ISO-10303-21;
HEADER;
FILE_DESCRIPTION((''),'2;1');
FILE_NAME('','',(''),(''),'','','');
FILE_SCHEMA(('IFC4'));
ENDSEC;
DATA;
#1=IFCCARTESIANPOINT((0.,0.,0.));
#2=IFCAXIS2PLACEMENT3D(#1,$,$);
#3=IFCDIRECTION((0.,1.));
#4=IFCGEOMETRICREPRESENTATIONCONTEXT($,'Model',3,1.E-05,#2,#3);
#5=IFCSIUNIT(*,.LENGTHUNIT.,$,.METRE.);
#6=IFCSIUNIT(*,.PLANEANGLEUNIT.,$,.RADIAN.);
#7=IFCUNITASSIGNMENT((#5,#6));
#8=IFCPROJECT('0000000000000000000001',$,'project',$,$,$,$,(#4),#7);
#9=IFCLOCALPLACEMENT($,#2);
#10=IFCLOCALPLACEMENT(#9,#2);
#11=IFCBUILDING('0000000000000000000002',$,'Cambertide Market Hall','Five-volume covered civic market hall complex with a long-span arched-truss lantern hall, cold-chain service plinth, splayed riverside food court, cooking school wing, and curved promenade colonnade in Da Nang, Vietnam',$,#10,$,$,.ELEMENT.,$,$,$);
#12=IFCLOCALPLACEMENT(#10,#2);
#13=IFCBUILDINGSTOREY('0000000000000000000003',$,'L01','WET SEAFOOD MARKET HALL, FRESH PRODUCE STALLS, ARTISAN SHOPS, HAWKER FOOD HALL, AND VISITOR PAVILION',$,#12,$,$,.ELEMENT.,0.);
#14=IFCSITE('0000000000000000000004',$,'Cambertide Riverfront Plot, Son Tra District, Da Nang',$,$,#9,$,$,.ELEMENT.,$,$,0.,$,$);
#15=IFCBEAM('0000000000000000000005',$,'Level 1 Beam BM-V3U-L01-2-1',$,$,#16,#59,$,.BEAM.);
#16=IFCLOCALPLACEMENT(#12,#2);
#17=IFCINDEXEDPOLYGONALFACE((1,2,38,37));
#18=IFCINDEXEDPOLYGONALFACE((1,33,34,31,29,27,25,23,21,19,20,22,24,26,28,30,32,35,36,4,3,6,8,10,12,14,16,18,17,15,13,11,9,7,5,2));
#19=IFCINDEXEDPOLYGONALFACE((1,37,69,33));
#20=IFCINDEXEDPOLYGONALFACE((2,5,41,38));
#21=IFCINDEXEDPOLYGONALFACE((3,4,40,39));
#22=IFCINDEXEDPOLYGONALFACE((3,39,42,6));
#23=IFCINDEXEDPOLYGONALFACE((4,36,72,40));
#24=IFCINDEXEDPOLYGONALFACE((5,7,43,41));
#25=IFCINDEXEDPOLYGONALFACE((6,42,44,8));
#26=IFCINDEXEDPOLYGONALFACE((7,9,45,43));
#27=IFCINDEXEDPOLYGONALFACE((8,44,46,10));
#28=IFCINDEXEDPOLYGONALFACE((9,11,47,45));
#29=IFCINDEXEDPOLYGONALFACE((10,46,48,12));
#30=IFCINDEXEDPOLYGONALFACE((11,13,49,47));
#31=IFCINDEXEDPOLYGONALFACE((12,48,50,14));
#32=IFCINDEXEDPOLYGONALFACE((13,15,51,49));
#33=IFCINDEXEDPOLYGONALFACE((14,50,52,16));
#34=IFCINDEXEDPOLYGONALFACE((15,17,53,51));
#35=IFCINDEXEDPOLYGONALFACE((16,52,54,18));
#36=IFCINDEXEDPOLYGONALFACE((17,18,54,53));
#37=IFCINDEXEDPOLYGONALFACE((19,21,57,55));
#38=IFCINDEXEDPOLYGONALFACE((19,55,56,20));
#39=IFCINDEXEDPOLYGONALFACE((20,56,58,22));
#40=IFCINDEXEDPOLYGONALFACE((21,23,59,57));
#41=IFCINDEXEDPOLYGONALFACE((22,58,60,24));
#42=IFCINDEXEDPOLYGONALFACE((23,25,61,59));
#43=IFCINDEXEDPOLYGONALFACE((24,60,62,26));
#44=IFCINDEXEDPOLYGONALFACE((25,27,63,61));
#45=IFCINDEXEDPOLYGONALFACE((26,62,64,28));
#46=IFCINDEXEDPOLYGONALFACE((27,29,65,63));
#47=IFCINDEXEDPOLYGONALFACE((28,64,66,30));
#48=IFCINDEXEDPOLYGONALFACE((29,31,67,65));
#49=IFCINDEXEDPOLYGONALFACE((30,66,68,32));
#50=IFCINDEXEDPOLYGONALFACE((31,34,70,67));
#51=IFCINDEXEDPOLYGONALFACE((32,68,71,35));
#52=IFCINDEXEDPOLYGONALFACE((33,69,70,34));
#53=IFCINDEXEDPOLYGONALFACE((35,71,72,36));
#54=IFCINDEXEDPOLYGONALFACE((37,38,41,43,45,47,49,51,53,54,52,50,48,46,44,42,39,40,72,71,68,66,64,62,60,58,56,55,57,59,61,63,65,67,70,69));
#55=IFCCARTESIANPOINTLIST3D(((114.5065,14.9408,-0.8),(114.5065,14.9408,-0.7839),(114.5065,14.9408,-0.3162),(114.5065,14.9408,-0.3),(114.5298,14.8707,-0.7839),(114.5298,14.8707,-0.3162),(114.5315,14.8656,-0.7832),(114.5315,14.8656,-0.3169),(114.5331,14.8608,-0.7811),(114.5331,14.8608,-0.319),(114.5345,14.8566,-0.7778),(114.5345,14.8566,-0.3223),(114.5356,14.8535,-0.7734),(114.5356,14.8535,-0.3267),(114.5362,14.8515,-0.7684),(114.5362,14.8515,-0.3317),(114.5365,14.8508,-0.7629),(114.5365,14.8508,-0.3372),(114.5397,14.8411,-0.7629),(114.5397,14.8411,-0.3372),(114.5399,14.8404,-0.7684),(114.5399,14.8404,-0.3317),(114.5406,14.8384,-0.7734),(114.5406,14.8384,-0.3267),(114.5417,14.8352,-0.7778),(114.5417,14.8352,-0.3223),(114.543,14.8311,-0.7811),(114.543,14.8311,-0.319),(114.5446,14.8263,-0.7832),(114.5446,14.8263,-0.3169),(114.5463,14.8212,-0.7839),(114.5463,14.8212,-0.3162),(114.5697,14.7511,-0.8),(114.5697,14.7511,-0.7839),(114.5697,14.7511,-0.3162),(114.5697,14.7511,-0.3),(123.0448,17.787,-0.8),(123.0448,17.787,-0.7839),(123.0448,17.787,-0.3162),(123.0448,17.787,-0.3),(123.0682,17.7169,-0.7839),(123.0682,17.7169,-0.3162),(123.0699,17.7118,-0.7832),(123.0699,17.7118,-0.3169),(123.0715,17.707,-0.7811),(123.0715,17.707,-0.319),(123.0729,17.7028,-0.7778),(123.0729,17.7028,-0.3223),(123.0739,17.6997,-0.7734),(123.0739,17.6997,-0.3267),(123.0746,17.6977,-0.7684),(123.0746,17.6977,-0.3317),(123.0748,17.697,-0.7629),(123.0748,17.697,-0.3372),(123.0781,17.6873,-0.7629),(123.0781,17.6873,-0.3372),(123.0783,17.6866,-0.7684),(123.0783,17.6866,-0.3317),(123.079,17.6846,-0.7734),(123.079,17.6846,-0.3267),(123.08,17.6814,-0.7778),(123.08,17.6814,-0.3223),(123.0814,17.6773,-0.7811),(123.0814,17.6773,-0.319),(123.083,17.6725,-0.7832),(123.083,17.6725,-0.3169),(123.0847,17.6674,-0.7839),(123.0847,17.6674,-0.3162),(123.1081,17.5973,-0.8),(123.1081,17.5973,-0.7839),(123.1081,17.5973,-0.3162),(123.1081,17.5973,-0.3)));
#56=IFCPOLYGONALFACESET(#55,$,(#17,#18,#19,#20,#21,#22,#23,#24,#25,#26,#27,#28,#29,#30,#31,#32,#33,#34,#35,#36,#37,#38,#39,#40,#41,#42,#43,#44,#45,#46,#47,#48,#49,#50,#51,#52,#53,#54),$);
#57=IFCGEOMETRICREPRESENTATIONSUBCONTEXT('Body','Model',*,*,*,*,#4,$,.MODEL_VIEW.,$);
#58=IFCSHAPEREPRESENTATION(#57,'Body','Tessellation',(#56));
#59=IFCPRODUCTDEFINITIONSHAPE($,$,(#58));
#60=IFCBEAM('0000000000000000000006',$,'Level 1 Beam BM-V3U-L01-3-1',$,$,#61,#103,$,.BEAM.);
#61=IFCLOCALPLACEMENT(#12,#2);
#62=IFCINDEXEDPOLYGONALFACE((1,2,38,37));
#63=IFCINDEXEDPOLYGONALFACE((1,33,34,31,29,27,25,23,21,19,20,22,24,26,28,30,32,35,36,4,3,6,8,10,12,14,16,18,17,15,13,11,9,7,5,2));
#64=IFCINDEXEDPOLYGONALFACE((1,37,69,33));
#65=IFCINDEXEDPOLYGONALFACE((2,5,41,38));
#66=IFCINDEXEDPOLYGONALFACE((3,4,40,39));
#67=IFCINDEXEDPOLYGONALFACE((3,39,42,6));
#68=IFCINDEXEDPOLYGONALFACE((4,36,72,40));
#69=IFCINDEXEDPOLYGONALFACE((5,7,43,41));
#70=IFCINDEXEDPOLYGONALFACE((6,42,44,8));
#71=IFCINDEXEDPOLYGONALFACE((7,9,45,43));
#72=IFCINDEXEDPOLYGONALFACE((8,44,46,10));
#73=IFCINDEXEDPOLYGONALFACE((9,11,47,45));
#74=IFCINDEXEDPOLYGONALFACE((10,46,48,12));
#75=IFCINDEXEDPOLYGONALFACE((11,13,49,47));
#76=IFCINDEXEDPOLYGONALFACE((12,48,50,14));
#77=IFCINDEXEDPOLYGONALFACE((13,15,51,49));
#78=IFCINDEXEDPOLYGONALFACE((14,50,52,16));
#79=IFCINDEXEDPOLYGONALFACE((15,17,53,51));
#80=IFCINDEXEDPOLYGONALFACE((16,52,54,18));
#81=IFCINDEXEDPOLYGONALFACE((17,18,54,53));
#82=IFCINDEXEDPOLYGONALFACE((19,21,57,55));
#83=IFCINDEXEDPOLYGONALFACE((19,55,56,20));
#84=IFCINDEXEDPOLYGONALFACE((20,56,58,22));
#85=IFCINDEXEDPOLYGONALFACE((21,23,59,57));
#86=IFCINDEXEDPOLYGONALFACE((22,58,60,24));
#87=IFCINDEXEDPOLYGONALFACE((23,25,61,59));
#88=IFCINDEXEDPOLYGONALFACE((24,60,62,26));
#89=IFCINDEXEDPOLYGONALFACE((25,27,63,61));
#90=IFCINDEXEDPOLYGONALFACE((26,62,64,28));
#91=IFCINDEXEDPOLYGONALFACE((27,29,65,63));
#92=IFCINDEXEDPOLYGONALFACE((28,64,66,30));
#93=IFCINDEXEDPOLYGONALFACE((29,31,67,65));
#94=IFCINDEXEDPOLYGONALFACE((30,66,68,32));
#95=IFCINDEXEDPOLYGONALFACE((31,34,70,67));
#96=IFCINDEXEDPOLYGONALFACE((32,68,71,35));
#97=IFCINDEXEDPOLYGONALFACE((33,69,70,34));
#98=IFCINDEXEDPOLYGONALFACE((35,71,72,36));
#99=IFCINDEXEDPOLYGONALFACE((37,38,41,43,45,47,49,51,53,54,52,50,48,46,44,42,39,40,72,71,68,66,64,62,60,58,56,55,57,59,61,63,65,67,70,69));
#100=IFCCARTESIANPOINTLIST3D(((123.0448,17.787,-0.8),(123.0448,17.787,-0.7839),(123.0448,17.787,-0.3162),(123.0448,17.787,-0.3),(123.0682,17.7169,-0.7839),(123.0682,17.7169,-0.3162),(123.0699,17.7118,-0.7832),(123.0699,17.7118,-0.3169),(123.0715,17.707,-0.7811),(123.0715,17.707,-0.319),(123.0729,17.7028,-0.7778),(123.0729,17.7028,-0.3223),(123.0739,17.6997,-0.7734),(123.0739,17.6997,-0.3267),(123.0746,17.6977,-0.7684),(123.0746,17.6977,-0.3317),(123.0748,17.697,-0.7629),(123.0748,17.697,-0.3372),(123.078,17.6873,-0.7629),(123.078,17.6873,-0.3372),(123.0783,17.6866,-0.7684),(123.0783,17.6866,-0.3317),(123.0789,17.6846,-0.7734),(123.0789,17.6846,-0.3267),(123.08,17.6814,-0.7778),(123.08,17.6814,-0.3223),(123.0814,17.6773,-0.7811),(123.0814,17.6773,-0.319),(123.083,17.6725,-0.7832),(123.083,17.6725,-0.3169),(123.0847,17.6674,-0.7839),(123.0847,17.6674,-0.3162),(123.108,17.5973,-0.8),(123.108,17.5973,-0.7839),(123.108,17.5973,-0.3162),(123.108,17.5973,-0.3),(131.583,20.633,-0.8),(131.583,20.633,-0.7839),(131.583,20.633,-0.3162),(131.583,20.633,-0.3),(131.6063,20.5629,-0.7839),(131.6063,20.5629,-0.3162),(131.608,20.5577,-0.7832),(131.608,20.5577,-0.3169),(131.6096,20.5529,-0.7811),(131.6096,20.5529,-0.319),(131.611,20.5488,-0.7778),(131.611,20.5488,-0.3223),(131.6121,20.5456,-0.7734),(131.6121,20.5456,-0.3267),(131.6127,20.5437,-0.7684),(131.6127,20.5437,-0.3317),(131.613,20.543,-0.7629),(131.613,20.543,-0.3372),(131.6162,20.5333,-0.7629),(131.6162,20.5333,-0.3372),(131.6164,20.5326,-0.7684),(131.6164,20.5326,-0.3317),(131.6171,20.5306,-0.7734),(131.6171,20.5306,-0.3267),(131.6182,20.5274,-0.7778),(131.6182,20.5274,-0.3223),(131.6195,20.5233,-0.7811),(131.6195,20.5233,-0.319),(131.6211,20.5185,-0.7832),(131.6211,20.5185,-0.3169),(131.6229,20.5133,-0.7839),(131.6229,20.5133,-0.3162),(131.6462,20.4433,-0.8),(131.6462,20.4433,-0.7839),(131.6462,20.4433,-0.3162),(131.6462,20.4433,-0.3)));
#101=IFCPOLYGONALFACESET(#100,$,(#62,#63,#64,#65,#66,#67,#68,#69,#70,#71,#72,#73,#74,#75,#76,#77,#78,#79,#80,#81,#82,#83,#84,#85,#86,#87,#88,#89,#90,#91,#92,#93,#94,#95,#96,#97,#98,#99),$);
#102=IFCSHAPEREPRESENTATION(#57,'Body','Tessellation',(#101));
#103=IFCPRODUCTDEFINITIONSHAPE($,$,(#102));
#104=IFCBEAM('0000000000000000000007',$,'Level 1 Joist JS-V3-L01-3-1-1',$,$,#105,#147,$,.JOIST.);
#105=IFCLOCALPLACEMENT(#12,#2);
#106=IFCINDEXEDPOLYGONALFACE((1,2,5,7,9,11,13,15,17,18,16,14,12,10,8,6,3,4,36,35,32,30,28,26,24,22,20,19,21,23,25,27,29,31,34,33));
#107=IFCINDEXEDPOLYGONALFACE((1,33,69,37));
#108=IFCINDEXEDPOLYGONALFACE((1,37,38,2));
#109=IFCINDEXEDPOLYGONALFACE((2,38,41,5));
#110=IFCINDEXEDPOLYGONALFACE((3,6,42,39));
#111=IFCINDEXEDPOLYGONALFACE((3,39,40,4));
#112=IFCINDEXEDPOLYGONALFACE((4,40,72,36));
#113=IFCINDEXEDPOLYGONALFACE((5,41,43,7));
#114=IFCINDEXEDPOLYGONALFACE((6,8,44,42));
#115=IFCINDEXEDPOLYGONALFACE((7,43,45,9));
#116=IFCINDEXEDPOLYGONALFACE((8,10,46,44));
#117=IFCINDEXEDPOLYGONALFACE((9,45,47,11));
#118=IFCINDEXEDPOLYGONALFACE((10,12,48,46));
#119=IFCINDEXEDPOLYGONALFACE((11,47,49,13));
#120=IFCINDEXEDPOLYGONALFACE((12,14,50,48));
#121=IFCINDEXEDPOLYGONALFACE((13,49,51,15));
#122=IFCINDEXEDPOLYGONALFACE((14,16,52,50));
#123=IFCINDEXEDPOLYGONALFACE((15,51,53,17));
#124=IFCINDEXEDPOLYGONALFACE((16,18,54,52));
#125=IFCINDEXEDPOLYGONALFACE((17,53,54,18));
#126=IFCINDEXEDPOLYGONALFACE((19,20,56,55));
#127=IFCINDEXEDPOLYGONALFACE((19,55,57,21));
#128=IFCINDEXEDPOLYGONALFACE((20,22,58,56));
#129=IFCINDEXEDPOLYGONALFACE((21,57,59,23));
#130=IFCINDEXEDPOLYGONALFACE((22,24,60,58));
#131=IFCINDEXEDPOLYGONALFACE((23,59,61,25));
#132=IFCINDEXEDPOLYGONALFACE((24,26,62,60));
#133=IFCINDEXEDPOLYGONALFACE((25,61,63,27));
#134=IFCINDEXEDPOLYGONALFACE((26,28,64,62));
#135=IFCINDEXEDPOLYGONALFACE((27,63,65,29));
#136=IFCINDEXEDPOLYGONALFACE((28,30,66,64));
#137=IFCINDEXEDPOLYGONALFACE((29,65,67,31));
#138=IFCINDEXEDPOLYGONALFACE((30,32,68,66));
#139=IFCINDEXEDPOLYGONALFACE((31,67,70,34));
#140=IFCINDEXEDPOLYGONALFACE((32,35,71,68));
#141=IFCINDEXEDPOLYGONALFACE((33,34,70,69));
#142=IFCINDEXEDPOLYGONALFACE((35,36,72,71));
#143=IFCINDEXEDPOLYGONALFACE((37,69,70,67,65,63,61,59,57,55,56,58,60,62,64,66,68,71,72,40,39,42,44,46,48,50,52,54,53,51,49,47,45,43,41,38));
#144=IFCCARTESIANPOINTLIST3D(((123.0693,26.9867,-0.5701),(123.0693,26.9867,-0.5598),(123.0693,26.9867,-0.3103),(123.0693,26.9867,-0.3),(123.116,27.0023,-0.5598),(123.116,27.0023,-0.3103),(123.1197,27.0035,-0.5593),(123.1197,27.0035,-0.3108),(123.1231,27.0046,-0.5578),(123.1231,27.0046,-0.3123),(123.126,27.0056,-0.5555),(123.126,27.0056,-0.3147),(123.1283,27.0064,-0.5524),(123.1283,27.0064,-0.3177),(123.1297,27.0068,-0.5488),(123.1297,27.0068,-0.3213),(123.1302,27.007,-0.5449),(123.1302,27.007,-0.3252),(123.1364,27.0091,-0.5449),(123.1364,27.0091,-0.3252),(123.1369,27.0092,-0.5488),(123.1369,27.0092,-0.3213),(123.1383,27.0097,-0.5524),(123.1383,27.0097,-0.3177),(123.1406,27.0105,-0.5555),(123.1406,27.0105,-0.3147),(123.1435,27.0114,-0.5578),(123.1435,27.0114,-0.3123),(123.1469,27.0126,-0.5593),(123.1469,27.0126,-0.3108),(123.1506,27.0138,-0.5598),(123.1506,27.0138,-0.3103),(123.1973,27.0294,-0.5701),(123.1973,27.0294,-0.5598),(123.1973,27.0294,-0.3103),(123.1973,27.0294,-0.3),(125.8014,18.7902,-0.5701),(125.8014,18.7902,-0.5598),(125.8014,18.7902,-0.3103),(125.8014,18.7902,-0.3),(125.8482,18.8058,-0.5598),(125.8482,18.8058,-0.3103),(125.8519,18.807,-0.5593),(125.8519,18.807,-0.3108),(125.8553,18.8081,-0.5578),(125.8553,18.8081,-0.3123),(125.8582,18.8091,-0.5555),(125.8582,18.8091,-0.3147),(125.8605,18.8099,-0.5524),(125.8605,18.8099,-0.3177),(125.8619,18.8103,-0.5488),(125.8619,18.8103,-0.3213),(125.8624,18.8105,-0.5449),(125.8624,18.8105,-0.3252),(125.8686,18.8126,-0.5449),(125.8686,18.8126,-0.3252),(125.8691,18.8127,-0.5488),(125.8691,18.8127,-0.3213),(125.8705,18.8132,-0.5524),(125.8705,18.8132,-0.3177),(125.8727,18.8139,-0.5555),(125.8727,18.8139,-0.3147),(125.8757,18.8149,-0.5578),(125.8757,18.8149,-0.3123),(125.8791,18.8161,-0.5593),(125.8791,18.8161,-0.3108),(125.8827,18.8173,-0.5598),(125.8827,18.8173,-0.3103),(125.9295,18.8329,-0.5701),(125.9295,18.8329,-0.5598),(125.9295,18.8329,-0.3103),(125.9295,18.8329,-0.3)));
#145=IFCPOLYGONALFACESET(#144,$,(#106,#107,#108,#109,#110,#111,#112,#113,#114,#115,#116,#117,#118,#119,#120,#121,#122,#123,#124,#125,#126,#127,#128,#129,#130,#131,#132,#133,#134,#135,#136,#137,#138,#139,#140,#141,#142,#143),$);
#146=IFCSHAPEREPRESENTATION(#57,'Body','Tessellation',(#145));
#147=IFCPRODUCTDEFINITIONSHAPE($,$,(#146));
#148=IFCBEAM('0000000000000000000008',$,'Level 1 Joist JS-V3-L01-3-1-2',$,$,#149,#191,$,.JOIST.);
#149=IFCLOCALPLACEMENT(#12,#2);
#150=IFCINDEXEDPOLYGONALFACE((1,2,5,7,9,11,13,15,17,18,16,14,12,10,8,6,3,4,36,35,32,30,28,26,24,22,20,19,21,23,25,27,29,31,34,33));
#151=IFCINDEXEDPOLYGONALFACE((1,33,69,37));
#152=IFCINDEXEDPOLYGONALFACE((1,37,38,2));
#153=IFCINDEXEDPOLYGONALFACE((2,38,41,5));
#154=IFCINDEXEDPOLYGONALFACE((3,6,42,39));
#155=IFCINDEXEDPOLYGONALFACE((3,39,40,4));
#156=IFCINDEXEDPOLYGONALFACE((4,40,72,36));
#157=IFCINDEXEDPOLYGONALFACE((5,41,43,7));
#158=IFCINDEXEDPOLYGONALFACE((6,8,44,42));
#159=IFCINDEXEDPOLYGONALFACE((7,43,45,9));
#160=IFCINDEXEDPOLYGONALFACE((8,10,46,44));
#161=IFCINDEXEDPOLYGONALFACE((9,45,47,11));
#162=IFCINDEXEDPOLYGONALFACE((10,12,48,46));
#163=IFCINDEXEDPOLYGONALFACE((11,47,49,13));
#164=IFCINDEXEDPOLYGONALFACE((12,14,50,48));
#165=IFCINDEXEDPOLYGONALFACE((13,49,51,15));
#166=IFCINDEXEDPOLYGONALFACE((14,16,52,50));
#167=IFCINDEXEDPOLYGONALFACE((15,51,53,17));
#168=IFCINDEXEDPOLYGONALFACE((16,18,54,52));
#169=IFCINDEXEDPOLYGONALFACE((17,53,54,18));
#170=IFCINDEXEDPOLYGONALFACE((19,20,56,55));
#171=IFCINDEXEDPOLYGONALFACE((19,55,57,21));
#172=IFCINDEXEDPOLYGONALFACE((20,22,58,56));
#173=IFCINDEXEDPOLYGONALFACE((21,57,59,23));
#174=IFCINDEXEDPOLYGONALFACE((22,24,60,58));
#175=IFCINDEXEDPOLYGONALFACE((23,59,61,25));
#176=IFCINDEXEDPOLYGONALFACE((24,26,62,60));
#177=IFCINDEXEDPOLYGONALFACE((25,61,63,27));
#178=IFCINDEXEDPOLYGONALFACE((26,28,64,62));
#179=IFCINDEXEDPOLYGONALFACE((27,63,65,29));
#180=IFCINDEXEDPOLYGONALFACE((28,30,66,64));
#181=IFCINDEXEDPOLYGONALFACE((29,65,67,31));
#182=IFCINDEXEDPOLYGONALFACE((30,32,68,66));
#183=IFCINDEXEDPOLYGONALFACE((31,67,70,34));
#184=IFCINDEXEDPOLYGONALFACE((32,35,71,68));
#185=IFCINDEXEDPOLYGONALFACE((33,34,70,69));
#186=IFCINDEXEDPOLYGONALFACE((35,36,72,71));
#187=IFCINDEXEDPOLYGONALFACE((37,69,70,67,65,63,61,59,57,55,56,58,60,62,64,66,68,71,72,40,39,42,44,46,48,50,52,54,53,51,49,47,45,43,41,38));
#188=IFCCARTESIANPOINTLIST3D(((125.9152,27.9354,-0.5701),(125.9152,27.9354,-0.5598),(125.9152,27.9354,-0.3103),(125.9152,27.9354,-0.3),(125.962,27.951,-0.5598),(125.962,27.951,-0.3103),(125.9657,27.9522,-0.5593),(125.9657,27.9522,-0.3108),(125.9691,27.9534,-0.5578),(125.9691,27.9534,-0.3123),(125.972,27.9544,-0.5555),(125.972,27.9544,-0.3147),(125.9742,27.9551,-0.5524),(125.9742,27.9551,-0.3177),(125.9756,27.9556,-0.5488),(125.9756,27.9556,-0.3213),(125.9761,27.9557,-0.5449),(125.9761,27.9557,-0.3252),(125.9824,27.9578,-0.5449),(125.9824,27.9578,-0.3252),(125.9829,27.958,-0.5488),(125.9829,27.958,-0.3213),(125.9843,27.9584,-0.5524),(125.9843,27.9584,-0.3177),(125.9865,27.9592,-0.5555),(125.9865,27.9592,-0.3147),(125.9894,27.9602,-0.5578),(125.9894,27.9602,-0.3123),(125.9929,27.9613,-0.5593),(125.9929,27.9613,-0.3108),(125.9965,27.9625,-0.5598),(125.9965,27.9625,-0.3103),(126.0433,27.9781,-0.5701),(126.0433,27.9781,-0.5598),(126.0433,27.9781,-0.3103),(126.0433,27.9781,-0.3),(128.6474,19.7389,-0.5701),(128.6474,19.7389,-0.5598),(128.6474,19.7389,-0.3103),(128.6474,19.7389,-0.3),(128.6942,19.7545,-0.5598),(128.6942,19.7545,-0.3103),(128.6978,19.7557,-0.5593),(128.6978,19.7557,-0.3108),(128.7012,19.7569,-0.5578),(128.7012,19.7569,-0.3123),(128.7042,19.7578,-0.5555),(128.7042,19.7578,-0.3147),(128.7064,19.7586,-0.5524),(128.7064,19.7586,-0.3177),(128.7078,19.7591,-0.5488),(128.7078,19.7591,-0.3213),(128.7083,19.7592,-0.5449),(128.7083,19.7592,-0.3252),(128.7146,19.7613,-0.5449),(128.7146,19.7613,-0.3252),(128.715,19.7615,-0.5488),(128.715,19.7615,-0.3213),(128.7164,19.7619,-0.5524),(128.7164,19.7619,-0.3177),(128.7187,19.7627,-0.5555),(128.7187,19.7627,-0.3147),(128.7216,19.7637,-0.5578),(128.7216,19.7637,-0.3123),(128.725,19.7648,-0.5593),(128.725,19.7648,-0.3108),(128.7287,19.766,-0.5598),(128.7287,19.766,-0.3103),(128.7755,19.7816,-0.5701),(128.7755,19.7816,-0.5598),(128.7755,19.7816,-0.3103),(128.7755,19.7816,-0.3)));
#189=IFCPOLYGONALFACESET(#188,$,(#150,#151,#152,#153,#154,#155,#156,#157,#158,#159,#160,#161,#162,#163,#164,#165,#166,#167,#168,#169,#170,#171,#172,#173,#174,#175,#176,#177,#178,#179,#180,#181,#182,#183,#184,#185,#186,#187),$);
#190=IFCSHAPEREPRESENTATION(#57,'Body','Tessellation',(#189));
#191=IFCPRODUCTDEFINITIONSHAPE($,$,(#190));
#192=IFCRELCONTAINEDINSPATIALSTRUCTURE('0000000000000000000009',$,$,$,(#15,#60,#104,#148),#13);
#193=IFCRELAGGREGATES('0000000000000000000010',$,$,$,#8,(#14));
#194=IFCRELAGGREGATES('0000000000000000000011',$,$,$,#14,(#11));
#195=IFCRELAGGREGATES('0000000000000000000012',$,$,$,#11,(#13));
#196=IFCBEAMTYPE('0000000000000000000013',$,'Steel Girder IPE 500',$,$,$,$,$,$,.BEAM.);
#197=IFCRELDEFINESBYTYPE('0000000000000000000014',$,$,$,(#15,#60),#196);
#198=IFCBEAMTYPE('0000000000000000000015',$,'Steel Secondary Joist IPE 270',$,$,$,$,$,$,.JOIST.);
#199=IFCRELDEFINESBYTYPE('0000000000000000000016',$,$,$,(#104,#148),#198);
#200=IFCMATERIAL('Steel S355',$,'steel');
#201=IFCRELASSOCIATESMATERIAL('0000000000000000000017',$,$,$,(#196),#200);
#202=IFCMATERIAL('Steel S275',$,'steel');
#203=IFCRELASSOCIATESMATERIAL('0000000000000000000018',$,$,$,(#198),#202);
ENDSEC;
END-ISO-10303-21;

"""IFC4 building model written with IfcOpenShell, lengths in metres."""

from ifc_helpers import new_model, si_unit, direction, frame, origin, origin_2d, place, context, subcontext, project, spatial, i_section, extrude, material, material_profile, profile_set, type_object, element, save


model = new_model("IFC4")

# Units and contexts
model_context = context("Model", 3, precision=1e-05, world=origin(), true_north=direction((0.0, 1.0)))
body_context = subcontext(model_context, "Body", "Model", "MODEL_VIEW")
ifc_project = project(units=[si_unit("LENGTHUNIT", "METRE"), si_unit("PLANEANGLEUNIT", "RADIAN")], contexts=[model_context])

# Site, building, storey
site_placement = place(None, origin())
site = spatial("IfcSite", under=ifc_project, at=site_placement, Name="Cambertide Riverfront Plot, Son Tra District, Da Nang", CompositionType="ELEMENT", RefElevation=0.0)
building_placement = place(site_placement, origin())
building = spatial("IfcBuilding", under=site, at=building_placement, Name="Cambertide Market Hall", Description="Five-volume covered civic market hall complex with a long-span arched-truss lantern hall, cold-chain service plinth, splayed riverside food court, cooking school wing, and curved promenade colonnade in Da Nang, Vietnam", CompositionType="ELEMENT")
storey_placement = place(building_placement, origin())
storey = spatial("IfcBuildingStorey", under=building, at=storey_placement, Name="L01", Description="WET SEAFOOD MARKET HALL, FRESH PRODUCE STALLS, ARTISAN SHOPS, HAWKER FOOD HALL, AND VISITOR PAVILION", CompositionType="ELEMENT", Elevation=0.0)

# Beams
ifc_material_1 = material(Name="Steel S355", Category="steel")
ifc_material_profile_1 = material_profile(ifc_material_1, i_section(OverallWidth=0.2, OverallDepth=0.5, WebThickness=0.0103, FlangeThickness=0.0161, FilletRadius=0.021, at=origin_2d()), Name="IPE 500")
ifc_profile_set_1 = profile_set([ifc_material_profile_1], Name="Steel S355")
beam_type_1 = type_object("IfcBeamType", Name="Steel Girder IPE 500", PredefinedType="BEAM", material=ifc_profile_set_1)
beam_1_placement = place(storey_placement, frame((114.5381, 14.8459, -0.55), z_axis=(0.948681, 0.316236, 0.0), x_axis=(-0.316236, 0.948681, 0.0)))
element("IfcBeam", 1, at=beam_1_placement, inside=storey, type_object=beam_type_1, Name="Level 1 Beam BM-V3U-L01-2-1", PredefinedType="BEAM", context=body_context, shape_type="SweptSolid", body=[
    extrude(i_section(OverallWidth=0.2, OverallDepth=0.5, WebThickness=0.0103, FlangeThickness=0.0161, FilletRadius=0.021, at=origin_2d()), origin(), (0.0, 0.0, 1.0), 9.0002),
])
beam_2_placement = place(storey_placement, frame((123.0764, 17.6921, -0.55), z_axis=(0.948686, 0.31622, 0.0), x_axis=(-0.31622, 0.948686, 0.0)))
element("IfcBeam", 2, at=beam_2_placement, inside=storey, type_object=beam_type_1, Name="Level 1 Beam BM-V3U-L01-3-1", PredefinedType="BEAM", context=body_context, shape_type="SweptSolid", body=[
    extrude(i_section(OverallWidth=0.2, OverallDepth=0.5, WebThickness=0.0103, FlangeThickness=0.0161, FilletRadius=0.021, at=origin_2d()), origin(), (0.0, 0.0, 1.0), 9.0),
])
ifc_material_2 = material(Name="Steel S275", Category="steel")
ifc_material_profile_2 = material_profile(ifc_material_2, i_section(OverallWidth=0.135, OverallDepth=0.27, WebThickness=0.0066, FlangeThickness=0.0103, FilletRadius=0.0149, at=origin_2d()), Name="IPE 270")
ifc_profile_set_2 = profile_set([ifc_material_profile_2], Name="Steel S275")
beam_type_2 = type_object("IfcBeamType", Name="Steel Secondary Joist IPE 270", PredefinedType="JOIST", material=ifc_profile_set_2)
for number, where, z_axis, x_axis, name in (
    (3, (125.8655, 18.8115, -0.4351), (-0.316228, 0.948683, 0.0), (-0.948683, -0.316228, 0.0), "Level 1 Joist JS-V3-L01-3-1-1"),
    (4, (128.7114, 19.7603, -0.4351), (-0.316228, 0.948683, 0.0), (-0.948683, -0.316228, 0.0), "Level 1 Joist JS-V3-L01-3-1-2"),
):
    element("IfcBeam", number, at=place(storey_placement, frame(where, z_axis=z_axis, x_axis=x_axis)), inside=storey, type_object=beam_type_2, Name=name, PredefinedType="JOIST", context=body_context, shape_type="SweptSolid", body=[
        extrude(i_section(OverallWidth=0.135, OverallDepth=0.27, WebThickness=0.0066, FlangeThickness=0.0103, FilletRadius=0.0149, at=origin_2d()), origin(), (0.0, 0.0, 1.0), 8.6399),
    ])

save(model, "model.ifc")
